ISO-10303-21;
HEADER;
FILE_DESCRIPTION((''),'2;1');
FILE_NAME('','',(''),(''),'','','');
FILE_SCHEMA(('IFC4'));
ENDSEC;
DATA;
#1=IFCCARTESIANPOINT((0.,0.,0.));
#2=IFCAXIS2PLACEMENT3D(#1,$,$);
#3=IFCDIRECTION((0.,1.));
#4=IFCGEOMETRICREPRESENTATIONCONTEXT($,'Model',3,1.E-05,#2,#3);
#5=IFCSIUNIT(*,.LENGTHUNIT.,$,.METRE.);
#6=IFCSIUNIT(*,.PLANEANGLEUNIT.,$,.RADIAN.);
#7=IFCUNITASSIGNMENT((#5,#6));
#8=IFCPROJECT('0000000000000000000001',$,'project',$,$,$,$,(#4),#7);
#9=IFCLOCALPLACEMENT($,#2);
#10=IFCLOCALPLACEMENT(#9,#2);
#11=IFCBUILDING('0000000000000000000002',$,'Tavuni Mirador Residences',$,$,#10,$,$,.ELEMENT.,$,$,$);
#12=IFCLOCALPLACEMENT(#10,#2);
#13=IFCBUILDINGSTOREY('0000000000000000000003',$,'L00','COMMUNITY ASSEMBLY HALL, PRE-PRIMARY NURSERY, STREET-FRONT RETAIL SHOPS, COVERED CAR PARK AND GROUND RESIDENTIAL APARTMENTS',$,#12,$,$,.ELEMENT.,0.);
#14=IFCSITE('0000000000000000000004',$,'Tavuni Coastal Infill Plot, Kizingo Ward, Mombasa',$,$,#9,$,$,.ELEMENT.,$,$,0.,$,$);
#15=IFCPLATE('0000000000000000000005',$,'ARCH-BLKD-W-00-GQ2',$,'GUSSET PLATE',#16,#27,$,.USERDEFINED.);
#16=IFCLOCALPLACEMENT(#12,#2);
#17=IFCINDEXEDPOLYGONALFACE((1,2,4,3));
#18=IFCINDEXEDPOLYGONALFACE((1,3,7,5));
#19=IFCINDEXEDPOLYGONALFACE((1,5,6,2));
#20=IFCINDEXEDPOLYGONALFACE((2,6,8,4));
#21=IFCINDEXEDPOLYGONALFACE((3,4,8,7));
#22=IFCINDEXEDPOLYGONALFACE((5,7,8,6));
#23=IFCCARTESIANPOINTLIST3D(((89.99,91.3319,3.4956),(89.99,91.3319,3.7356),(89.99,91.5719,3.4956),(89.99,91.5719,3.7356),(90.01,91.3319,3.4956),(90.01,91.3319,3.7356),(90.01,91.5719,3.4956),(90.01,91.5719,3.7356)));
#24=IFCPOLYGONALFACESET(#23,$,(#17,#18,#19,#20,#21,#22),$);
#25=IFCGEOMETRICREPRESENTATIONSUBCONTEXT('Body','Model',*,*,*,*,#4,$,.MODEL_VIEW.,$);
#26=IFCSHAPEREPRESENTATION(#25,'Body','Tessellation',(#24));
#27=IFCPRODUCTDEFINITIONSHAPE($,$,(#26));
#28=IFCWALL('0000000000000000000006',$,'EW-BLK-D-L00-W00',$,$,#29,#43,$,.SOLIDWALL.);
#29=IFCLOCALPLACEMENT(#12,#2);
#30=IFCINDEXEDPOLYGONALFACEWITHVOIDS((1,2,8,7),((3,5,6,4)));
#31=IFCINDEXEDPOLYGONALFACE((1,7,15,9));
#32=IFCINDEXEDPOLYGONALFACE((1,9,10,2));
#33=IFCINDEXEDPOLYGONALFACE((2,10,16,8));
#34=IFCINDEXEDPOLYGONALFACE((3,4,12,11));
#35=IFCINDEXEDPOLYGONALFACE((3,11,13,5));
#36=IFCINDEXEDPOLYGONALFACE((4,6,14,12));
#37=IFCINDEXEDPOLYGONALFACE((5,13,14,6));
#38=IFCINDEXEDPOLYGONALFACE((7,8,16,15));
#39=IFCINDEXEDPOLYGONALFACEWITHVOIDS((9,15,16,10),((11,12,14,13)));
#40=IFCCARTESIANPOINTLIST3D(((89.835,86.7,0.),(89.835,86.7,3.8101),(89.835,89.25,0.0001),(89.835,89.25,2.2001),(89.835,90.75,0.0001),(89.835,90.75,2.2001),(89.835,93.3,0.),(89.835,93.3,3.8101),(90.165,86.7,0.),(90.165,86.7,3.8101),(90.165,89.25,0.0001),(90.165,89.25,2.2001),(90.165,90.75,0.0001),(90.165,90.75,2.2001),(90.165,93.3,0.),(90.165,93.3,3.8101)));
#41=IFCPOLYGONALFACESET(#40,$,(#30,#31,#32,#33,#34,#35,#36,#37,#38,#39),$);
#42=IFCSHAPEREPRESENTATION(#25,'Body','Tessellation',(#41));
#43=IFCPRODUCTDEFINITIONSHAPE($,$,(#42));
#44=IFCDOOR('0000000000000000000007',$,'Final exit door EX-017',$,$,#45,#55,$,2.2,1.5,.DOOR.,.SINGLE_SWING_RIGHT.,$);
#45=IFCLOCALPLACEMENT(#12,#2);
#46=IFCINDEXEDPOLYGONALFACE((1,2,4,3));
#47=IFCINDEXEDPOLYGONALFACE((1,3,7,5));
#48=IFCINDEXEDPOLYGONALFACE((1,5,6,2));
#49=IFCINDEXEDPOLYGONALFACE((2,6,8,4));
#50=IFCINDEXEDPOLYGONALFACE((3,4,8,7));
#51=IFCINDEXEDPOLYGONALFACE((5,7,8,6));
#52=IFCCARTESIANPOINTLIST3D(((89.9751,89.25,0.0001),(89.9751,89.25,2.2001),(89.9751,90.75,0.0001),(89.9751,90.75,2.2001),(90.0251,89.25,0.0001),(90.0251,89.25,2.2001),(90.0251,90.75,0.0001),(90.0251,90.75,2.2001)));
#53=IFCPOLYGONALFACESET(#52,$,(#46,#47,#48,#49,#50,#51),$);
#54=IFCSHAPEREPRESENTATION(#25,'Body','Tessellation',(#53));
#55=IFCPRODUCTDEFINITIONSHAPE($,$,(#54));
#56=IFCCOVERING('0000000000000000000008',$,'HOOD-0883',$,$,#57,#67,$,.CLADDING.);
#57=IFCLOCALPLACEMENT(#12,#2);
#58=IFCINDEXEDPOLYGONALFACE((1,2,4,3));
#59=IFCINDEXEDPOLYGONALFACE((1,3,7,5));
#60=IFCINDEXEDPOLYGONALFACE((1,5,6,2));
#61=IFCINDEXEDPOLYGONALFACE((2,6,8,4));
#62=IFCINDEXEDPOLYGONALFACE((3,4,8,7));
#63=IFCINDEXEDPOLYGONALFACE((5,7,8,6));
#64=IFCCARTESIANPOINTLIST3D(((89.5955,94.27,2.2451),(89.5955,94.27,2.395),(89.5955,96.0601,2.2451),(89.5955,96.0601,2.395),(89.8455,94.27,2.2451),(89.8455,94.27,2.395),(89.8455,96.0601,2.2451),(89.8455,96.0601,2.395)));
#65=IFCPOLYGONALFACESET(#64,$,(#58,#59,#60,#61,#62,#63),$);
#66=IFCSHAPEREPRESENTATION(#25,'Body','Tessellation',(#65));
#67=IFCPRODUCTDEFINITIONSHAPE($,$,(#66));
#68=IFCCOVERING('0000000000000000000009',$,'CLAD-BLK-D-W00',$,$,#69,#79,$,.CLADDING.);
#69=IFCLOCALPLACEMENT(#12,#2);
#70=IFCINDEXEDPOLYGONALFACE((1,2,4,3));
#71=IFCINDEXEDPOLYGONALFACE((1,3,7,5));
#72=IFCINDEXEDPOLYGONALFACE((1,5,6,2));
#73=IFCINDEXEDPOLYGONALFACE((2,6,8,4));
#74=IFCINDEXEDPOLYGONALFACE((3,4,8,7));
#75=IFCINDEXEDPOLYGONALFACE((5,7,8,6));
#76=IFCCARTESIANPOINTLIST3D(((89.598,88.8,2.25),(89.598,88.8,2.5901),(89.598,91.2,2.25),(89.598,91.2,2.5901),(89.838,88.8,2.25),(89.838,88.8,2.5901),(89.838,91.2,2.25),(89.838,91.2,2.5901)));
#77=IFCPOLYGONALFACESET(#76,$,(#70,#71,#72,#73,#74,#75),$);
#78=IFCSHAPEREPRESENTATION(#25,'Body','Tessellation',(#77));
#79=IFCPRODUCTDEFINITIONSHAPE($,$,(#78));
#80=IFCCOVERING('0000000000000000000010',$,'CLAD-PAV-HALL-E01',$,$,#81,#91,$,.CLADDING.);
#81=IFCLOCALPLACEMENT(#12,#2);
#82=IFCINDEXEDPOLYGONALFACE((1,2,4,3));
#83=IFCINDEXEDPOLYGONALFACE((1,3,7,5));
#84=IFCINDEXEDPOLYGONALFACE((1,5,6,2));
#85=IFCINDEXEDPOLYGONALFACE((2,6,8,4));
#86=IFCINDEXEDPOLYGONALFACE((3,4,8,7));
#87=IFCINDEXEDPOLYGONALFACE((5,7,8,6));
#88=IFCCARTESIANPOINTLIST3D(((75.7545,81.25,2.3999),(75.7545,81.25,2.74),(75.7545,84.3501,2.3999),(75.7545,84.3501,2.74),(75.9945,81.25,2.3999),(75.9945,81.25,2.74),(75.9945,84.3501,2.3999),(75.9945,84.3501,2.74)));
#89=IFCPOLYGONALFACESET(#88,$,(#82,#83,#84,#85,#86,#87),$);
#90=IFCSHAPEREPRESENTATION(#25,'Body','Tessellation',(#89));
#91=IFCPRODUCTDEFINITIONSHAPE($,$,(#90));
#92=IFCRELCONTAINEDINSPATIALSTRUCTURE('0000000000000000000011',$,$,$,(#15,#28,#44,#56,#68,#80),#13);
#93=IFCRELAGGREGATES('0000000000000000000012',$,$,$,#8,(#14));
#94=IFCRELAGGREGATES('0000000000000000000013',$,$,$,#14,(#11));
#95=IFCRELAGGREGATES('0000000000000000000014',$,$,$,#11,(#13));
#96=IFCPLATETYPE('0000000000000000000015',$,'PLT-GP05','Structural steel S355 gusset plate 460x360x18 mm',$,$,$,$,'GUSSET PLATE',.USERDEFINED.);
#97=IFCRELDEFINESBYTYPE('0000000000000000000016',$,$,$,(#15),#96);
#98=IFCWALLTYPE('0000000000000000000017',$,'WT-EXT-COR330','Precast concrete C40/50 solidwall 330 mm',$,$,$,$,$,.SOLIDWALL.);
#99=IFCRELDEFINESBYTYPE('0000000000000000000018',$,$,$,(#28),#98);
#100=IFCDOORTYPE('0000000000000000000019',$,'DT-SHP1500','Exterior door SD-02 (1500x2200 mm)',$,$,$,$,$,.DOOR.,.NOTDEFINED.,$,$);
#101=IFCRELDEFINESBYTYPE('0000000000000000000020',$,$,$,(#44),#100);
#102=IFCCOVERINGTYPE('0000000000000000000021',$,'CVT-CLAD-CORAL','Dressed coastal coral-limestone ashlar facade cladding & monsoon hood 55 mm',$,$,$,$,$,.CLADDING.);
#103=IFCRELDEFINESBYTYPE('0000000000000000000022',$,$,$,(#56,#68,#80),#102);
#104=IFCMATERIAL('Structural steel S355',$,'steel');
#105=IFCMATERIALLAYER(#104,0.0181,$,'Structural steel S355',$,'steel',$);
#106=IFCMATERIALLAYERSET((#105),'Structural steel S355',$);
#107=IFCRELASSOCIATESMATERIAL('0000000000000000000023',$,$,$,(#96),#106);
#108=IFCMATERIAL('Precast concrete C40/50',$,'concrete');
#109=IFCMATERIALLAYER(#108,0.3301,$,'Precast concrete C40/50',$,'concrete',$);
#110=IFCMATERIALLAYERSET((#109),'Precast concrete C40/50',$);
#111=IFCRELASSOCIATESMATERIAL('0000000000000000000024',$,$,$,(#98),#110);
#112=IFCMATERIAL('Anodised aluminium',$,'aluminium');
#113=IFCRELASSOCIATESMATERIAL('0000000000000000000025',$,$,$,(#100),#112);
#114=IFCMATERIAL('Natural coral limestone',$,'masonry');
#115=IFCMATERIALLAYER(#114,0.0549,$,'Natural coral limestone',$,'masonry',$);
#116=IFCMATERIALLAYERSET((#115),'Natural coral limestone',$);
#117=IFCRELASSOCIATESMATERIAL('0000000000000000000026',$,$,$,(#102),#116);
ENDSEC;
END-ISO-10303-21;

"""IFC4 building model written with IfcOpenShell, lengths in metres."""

from ifc_helpers import new_model, si_unit, direction, frame, frame_2d, origin, origin_2d, place, context, subcontext, project, spatial, rectangle, extrude, material, layer, layer_set, type_object, element, fill, save


model = new_model("IFC4")

# Units and contexts
model_context = context("Model", 3, precision=1e-05, world=origin(), true_north=direction((0.0, 1.0)))
body_context = subcontext(model_context, "Body", "Model", "MODEL_VIEW")
ifc_project = project(units=[si_unit("LENGTHUNIT", "METRE"), si_unit("PLANEANGLEUNIT", "RADIAN")], contexts=[model_context])

# Site, building, storey
site_placement = place(None, origin())
site = spatial("IfcSite", under=ifc_project, at=site_placement, Name="Tavuni Coastal Infill Plot, Kizingo Ward, Mombasa", CompositionType="ELEMENT", RefElevation=0.0)
building_placement = place(site_placement, origin())
building = spatial("IfcBuilding", under=site, at=building_placement, Name="Tavuni Mirador Residences", CompositionType="ELEMENT")
storey_placement = place(building_placement, origin())
storey = spatial("IfcBuildingStorey", under=building, at=storey_placement, Name="L00", Description="COMMUNITY ASSEMBLY HALL, PRE-PRIMARY NURSERY, STREET-FRONT RETAIL SHOPS, COVERED CAR PARK AND GROUND RESIDENTIAL APARTMENTS", CompositionType="ELEMENT", Elevation=0.0)

# Shared definitions
ifc_material_1 = material(Name="Precast concrete C40/50", Category="concrete")

# Shared definitions
ifc_material_2 = material(Name="Structural steel S355", Category="steel")

# Plate
ifc_layer_1 = layer(ifc_material_2, 0.0181, Name="Structural steel S355", Category="steel")
ifc_layer_set_1 = layer_set([ifc_layer_1], Name="Structural steel S355")
plate_type = type_object("IfcPlateType", Name="PLT-GP05", Description="Structural steel S355 gusset plate 460x360x18 mm", ElementType="GUSSET PLATE", PredefinedType="USERDEFINED", material=ifc_layer_set_1)
for number, where, z_axis, x_axis, name in (
    (1, (90.0, 91.4519, 3.4956), (0.0, 0.0, 1.0), (1.0, 0.0, 0.0), "ARCH-BLKD-W-00-GQ2"),
):
    element("IfcPlate", number, at=place(storey_placement, frame(where, z_axis=z_axis, x_axis=x_axis)), inside=storey, type_object=plate_type, Name=name, ObjectType="GUSSET PLATE", PredefinedType="USERDEFINED", context=body_context, shape_type="SweptSolid", body=[
        extrude(rectangle(XDim=0.02, YDim=0.24, at=origin_2d()), origin(), (0.0, 0.0, 1.0), 0.24),
    ])

# Wall, opening, door
ifc_layer_2 = layer(ifc_material_1, 0.3301, Name="Precast concrete C40/50", Category="concrete")
ifc_layer_set_2 = layer_set([ifc_layer_2], Name="Precast concrete C40/50")
wall_type = type_object("IfcWallType", Name="WT-EXT-COR330", Description="Precast concrete C40/50 solidwall 330 mm", PredefinedType="SOLIDWALL", material=ifc_layer_set_2)
wall_placement = place(storey_placement, frame((90.0, 93.3, 0.0), z_axis=(0.0, 0.0, 1.0), x_axis=(0.0, -1.0, 0.0)))
wall = element("IfcWall", 2, at=wall_placement, inside=storey, type_object=wall_type, Name="EW-BLK-D-L00-W00", PredefinedType="SOLIDWALL", context=body_context, shape_type="SweptSolid", body=[
    extrude(rectangle(XDim=6.6001, YDim=0.3301, at=frame_2d((3.3, 0.0))), origin(), (0.0, 0.0, 1.0), 3.8101),
])
opening_placement = place(wall_placement, frame((2.55, 0.0, 0.0)))
opening = element("IfcOpeningElement", 3, at=opening_placement, cuts=wall, PredefinedType="OPENING", context=body_context, shape_type="SweptSolid", body=[
    extrude(rectangle(XDim=1.5, YDim=2.2, at=frame_2d((0.75, 1.1001))), frame((0.0, 0.175, 0.0), z_axis=(0.0, -1.0, 0.0), x_axis=(1.0, 0.0, 0.0)), (0.0, 0.0, 1.0), 0.3501),
])
ifc_material_3 = material(Name="Anodised aluminium", Category="aluminium")
door_type = type_object("IfcDoorType", Name="DT-SHP1500", Description="Exterior door SD-02 (1500x2200 mm)", OperationType="NOTDEFINED", PredefinedType="DOOR", material=ifc_material_3)
door_placement = place(opening_placement, frame((1.5, 0.0, 0.0), z_axis=(0.0, 0.0, 1.0), x_axis=(-1.0, 0.0, 0.0)))
door = element("IfcDoor", 4, at=door_placement, inside=storey, type_object=door_type, Name="Final exit door EX-017", OperationType="SINGLE_SWING_RIGHT", OverallHeight=2.2, OverallWidth=1.5, PredefinedType="DOOR", context=body_context, shape_type="SweptSolid", body=[
    extrude(rectangle(XDim=1.5, YDim=2.2, at=frame_2d((0.75, 1.1001))), frame((0.0, 0.0249, 0.0), z_axis=(0.0, -1.0, 0.0), x_axis=(1.0, 0.0, 0.0)), (0.0, 0.0, 1.0), 0.05),
])
fill(opening, door)

# Coverings
ifc_material_4 = material(Name="Natural coral limestone", Category="masonry")
ifc_layer_3 = layer(ifc_material_4, 0.0549, Name="Natural coral limestone", Category="masonry")
ifc_layer_set_3 = layer_set([ifc_layer_3], Name="Natural coral limestone")
covering_type = type_object("IfcCoveringType", Name="CVT-CLAD-CORAL", Description="Dressed coastal coral-limestone ashlar facade cladding & monsoon hood 55 mm", PredefinedType="CLADDING", material=ifc_layer_set_3)
covering_1_placement = place(storey_placement, frame((89.7205, 95.165, 2.2451), z_axis=(0.0, 0.0, 1.0), x_axis=(0.0, -1.0, 0.0)))
element("IfcCovering", 5, at=covering_1_placement, inside=storey, type_object=covering_type, Name="HOOD-0883", PredefinedType="CLADDING", context=body_context, shape_type="SweptSolid", body=[
    extrude(rectangle(XDim=1.79, YDim=0.25, at=origin_2d()), origin(), (0.0, 0.0, 1.0), 0.1499),
])
covering_2_placement = place(storey_placement, frame((89.718, 90.0, 2.25), z_axis=(0.0, 0.0, 1.0), x_axis=(0.0, -1.0, 0.0)))
element("IfcCovering", 6, at=covering_2_placement, inside=storey, type_object=covering_type, Name="CLAD-BLK-D-W00", PredefinedType="CLADDING", context=body_context, shape_type="SweptSolid", body=[
    extrude(rectangle(XDim=2.3999, YDim=0.24, at=origin_2d()), origin(), (0.0, 0.0, 1.0), 0.3401),
])
covering_3_placement = place(storey_placement, frame((75.8745, 82.8, 2.3999), z_axis=(0.0, 0.0, 1.0), x_axis=(0.0, 1.0, 0.0)))
element("IfcCovering", 7, at=covering_3_placement, inside=storey, type_object=covering_type, Name="CLAD-PAV-HALL-E01", PredefinedType="CLADDING", context=body_context, shape_type="SweptSolid", body=[
    extrude(rectangle(XDim=3.1001, YDim=0.24, at=origin_2d()), origin(), (0.0, 0.0, 1.0), 0.3401),
])

save(model, "model.ifc")
